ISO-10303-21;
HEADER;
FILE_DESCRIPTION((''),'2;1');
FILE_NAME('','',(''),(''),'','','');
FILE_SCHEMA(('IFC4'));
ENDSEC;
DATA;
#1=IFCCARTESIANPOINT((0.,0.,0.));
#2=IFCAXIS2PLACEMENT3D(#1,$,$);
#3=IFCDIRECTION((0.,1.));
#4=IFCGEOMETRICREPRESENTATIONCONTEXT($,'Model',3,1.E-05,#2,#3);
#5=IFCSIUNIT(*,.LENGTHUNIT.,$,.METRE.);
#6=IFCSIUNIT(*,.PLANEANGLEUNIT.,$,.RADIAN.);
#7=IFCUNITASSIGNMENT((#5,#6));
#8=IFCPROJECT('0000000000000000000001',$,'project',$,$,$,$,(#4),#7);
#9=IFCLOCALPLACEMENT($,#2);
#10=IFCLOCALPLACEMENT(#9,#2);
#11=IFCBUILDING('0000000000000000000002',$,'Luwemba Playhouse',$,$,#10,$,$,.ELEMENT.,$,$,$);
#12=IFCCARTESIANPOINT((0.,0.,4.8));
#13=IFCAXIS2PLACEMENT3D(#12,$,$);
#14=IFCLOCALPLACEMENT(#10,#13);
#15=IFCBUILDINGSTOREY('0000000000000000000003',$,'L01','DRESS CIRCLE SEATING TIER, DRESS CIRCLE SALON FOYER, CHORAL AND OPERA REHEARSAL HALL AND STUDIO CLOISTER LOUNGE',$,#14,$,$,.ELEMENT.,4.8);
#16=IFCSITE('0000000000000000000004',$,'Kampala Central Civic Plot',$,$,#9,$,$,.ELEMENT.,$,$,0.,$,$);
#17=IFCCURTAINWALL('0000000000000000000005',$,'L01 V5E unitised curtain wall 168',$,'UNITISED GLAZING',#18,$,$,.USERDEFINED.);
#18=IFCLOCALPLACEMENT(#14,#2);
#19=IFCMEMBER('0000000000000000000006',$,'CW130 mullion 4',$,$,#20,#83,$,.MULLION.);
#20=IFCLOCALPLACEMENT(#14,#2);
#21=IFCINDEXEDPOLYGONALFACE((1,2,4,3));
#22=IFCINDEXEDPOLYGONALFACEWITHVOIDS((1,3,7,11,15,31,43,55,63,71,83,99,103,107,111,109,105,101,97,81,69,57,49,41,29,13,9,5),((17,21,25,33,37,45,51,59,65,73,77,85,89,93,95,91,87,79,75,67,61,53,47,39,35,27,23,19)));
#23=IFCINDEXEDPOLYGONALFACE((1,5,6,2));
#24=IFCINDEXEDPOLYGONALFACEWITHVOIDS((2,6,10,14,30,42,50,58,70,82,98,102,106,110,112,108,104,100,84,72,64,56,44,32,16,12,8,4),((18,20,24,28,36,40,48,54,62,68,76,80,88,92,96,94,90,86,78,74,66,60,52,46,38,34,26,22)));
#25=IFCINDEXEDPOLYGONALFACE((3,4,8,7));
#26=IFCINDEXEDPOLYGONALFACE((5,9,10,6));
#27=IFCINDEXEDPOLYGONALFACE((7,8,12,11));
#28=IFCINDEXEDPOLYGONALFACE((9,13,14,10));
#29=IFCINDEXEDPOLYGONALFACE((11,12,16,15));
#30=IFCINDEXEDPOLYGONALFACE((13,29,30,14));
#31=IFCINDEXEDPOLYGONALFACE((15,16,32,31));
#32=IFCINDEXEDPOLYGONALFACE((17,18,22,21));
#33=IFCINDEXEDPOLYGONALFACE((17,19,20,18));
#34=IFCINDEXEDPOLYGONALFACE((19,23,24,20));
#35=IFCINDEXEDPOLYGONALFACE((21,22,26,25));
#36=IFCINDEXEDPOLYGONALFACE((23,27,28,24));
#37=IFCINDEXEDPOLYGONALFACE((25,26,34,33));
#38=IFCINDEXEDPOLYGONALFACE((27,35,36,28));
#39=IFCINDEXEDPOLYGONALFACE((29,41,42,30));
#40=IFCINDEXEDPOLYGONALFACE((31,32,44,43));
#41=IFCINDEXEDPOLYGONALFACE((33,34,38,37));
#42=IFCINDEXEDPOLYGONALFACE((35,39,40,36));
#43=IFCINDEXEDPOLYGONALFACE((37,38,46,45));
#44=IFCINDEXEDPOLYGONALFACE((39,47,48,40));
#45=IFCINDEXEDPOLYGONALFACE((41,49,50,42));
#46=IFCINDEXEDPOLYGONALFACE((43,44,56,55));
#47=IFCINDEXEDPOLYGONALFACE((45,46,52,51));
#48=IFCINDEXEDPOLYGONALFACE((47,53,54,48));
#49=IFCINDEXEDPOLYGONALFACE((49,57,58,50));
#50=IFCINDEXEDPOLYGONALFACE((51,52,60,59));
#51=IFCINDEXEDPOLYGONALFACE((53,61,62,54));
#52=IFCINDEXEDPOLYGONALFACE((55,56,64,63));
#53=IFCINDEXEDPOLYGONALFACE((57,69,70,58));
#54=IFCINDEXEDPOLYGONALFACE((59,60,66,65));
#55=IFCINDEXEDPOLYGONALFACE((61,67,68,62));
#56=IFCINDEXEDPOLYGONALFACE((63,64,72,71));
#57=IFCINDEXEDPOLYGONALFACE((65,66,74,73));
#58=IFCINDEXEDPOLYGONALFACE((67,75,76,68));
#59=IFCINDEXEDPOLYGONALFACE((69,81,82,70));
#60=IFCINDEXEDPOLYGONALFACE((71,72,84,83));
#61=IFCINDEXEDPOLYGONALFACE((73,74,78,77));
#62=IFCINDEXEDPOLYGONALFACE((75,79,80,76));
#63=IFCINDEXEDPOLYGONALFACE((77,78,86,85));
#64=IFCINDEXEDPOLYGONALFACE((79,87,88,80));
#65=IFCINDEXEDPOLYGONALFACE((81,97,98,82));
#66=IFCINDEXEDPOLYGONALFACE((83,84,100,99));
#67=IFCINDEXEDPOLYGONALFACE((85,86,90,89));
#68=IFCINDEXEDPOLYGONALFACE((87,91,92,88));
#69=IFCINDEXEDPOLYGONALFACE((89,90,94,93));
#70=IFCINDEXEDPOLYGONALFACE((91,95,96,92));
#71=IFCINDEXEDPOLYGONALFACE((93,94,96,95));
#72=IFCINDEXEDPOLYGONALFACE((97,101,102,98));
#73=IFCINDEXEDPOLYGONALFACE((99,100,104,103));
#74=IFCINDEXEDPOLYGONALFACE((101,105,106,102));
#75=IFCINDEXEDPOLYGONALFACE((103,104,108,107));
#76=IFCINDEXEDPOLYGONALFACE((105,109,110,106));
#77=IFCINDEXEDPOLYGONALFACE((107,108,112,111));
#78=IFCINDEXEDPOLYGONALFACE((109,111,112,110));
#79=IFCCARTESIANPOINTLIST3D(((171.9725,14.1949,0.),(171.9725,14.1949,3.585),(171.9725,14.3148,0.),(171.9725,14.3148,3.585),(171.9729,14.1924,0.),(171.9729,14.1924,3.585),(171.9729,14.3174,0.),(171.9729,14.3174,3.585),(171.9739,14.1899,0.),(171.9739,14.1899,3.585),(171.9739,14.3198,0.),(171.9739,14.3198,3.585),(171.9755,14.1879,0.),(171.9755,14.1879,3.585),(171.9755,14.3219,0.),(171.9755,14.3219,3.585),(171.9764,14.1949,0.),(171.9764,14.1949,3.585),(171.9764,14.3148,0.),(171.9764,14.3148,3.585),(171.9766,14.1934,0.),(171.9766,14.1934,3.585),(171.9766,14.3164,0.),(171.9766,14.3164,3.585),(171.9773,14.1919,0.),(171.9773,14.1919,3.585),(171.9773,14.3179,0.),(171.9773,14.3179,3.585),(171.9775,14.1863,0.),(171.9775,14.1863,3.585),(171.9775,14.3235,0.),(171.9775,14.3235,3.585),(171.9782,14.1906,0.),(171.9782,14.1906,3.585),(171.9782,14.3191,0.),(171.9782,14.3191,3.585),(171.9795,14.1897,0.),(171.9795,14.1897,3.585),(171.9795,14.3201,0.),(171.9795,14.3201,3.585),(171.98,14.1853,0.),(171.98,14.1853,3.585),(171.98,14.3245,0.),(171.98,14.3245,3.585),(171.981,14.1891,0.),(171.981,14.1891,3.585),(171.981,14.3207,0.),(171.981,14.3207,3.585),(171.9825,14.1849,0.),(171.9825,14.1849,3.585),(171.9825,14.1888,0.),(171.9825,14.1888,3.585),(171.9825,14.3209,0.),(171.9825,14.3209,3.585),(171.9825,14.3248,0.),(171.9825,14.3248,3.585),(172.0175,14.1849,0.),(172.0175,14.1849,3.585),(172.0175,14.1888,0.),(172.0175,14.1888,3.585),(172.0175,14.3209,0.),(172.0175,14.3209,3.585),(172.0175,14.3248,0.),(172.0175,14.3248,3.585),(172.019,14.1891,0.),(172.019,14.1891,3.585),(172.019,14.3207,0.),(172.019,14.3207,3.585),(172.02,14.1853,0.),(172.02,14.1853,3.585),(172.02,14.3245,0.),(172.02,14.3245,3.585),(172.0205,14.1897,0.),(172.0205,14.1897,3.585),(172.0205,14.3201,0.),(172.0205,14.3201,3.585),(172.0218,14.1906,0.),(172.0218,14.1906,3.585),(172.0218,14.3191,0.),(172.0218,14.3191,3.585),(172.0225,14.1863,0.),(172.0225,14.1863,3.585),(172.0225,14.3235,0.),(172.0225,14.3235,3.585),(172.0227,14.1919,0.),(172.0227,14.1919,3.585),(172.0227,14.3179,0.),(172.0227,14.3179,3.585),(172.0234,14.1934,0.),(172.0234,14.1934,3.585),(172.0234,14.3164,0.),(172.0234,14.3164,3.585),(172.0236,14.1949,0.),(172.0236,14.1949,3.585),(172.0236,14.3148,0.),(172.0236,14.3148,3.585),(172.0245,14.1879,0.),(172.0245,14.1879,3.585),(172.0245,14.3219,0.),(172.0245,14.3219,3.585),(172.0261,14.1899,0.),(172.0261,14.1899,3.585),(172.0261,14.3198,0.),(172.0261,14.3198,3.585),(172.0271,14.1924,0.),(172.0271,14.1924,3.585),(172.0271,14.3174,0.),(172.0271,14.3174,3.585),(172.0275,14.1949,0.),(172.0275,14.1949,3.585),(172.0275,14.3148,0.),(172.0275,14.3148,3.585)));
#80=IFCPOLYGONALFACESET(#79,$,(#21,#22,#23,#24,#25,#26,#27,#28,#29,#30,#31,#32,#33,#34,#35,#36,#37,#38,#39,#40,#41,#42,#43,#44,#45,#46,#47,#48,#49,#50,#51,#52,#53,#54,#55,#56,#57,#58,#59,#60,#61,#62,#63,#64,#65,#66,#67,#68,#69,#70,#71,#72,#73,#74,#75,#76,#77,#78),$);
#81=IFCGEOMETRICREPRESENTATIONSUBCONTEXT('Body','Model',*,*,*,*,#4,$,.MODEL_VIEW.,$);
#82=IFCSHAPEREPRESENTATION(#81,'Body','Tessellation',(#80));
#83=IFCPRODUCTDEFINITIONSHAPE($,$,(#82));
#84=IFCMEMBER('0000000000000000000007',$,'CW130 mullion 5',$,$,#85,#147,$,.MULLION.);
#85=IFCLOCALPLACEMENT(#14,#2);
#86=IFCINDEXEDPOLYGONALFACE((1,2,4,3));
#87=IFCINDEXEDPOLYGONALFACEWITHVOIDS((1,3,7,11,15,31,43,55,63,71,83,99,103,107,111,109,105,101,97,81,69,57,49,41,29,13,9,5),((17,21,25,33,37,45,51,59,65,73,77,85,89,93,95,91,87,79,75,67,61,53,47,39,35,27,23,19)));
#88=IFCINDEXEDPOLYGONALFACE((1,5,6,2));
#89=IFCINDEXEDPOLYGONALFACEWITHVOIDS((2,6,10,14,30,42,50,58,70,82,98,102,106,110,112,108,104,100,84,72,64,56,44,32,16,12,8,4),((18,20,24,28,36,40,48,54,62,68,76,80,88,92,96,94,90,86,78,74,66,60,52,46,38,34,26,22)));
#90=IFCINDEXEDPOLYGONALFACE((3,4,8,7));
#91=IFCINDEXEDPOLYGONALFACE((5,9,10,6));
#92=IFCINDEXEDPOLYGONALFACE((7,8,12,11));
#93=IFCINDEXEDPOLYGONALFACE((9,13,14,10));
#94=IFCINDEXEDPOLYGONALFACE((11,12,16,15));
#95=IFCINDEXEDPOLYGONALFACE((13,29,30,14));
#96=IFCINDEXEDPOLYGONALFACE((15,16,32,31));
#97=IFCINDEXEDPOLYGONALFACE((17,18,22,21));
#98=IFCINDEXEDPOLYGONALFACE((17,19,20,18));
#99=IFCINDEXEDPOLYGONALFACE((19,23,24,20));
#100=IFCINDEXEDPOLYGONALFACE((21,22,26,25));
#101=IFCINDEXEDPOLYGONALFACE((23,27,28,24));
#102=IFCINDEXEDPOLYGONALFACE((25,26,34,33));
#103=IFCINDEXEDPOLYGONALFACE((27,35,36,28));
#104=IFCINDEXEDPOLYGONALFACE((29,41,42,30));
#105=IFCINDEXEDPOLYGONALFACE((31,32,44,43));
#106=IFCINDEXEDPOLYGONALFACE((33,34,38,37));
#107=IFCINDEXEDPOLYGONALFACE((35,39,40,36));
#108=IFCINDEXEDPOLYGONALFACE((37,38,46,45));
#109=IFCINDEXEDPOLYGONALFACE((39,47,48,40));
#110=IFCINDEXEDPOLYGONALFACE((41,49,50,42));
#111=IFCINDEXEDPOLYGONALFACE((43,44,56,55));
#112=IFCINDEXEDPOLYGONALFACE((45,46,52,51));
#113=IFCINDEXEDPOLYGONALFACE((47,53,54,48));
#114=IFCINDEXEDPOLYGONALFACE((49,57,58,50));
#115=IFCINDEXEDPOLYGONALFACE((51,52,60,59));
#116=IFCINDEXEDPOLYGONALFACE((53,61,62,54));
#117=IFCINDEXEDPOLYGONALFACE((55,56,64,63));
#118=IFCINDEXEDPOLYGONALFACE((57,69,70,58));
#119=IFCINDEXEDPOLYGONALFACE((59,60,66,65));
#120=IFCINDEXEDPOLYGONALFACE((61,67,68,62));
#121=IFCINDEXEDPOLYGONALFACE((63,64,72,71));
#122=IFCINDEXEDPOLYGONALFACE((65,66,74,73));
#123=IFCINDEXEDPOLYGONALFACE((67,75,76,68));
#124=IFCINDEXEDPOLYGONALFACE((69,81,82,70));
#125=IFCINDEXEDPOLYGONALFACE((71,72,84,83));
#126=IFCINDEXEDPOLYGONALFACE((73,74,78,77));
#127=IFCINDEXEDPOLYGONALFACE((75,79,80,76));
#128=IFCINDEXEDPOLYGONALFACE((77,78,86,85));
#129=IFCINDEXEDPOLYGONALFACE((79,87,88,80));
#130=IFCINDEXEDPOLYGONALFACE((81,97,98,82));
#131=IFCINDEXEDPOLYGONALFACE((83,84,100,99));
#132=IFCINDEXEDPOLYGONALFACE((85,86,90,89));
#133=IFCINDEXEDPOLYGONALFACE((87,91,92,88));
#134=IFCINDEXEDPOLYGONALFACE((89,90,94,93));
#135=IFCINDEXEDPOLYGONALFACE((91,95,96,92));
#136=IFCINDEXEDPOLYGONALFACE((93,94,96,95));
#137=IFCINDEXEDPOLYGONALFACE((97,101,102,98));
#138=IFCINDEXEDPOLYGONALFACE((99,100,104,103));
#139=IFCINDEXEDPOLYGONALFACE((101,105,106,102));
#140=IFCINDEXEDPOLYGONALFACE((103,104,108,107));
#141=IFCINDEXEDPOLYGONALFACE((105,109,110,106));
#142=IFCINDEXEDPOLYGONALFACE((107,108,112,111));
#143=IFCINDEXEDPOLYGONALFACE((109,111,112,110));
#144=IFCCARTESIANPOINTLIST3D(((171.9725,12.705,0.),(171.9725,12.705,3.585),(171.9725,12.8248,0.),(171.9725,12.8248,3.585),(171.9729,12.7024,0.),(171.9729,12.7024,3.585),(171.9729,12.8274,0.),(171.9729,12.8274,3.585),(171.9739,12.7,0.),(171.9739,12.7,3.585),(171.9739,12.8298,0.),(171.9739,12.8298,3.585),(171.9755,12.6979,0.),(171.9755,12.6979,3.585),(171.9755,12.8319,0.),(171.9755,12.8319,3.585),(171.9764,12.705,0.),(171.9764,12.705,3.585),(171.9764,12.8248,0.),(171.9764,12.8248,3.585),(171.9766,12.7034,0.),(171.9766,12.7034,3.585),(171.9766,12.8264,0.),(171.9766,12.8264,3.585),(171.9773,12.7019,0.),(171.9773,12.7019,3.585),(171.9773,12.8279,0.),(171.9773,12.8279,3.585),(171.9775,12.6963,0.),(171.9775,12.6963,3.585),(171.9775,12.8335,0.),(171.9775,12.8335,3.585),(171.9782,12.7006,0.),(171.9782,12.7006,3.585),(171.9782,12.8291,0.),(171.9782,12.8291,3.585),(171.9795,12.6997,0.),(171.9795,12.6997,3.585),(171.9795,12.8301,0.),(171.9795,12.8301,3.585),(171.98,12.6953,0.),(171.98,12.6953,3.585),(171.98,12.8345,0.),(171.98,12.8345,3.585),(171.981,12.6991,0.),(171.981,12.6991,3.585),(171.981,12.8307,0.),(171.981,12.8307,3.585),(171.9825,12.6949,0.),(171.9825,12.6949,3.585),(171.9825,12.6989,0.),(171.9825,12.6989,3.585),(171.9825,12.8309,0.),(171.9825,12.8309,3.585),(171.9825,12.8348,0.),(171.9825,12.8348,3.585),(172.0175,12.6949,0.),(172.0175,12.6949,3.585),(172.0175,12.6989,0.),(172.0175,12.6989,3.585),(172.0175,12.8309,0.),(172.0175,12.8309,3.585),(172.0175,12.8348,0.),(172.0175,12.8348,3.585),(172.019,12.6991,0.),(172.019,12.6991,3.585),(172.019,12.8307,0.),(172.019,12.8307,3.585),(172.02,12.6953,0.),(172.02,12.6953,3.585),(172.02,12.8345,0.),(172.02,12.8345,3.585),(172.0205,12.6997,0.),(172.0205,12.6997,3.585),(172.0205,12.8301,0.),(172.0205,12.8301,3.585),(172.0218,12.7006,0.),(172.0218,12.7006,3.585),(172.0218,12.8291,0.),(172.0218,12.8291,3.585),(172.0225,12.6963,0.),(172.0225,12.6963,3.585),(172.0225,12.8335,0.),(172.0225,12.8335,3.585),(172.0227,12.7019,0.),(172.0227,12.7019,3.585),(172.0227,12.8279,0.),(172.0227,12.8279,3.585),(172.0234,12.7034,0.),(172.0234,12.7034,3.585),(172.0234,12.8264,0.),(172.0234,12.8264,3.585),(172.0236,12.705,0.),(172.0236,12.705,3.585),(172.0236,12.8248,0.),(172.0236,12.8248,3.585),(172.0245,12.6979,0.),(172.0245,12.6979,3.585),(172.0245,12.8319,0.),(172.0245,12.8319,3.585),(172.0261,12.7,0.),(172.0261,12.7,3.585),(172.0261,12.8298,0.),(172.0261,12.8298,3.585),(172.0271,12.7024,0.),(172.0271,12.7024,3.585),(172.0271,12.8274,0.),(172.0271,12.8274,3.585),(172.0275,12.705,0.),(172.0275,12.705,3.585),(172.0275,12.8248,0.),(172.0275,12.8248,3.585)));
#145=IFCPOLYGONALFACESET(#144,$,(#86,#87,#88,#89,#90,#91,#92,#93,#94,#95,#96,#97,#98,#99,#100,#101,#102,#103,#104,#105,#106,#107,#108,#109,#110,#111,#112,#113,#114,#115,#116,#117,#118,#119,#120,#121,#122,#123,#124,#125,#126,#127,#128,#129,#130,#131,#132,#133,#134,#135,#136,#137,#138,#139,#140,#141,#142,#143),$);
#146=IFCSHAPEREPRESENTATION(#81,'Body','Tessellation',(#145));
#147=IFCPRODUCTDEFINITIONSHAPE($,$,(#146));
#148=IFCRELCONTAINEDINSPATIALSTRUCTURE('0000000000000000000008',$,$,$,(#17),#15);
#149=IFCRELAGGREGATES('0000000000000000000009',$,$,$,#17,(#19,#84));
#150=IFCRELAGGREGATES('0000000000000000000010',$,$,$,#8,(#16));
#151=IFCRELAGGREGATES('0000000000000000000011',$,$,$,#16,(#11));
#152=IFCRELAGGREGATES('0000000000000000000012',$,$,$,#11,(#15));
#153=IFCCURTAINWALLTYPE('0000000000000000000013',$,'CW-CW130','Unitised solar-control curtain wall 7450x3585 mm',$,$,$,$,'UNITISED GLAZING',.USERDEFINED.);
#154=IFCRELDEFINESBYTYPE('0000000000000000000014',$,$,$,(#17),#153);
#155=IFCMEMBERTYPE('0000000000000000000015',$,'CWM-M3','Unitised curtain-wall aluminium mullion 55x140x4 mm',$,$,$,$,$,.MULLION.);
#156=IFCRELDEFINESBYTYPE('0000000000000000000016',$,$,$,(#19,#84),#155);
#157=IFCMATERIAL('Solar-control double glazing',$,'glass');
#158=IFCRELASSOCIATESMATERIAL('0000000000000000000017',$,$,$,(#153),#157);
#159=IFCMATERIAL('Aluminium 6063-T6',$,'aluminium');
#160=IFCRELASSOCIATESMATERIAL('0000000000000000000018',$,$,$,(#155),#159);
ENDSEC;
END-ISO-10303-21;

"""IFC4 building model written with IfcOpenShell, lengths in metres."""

from ifc_helpers import new_model, si_unit, direction, frame, origin, origin_2d, place, context, subcontext, project, spatial, hollow_rectangle, extrude, material, material_profile, profile_set, type_object, element, aggregate, save


model = new_model("IFC4")

# Units and contexts
model_context = context("Model", 3, precision=1e-05, world=origin(), true_north=direction((0.0, 1.0)))
body_context = subcontext(model_context, "Body", "Model", "MODEL_VIEW")
ifc_project = project(units=[si_unit("LENGTHUNIT", "METRE"), si_unit("PLANEANGLEUNIT", "RADIAN")], contexts=[model_context])

# Site, building, storey
site_placement = place(None, origin())
site = spatial("IfcSite", under=ifc_project, at=site_placement, Name="Kampala Central Civic Plot", CompositionType="ELEMENT", RefElevation=0.0)
building_placement = place(site_placement, origin())
building = spatial("IfcBuilding", under=site, at=building_placement, Name="Luwemba Playhouse", CompositionType="ELEMENT")
storey_placement = place(building_placement, frame((0.0, 0.0, 4.8)))
storey = spatial("IfcBuildingStorey", under=building, at=storey_placement, Name="L01", Description="DRESS CIRCLE SEATING TIER, DRESS CIRCLE SALON FOYER, CHORAL AND OPERA REHEARSAL HALL AND STUDIO CLOISTER LOUNGE", CompositionType="ELEMENT", Elevation=4.8)

# Curtain wall, members
ifc_material_1 = material(Name="Solar-control double glazing", Category="glass")
curtain_wall_type_1 = type_object("IfcCurtainWallType", Name="CW-CW130", Description="Unitised solar-control curtain wall 7450x3585 mm", ElementType="UNITISED GLAZING", PredefinedType="USERDEFINED", material=ifc_material_1)
curtain_wall_1_placement = place(storey_placement, origin())
curtain_wall_1 = element("IfcCurtainWall", 1, at=curtain_wall_1_placement, inside=storey, type_object=curtain_wall_type_1, Name="L01 V5E unitised curtain wall 168", ObjectType="UNITISED GLAZING", PredefinedType="USERDEFINED")
ifc_material_2 = material(Name="Aluminium 6063-T6", Category="aluminium")
ifc_material_profile_1 = material_profile(ifc_material_2, hollow_rectangle(XDim=0.0549, YDim=0.1399, WallThickness=0.0039, InnerFilletRadius=0.0061, OuterFilletRadius=0.01, at=origin_2d()))
ifc_profile_set_1 = profile_set([ifc_material_profile_1], Name="Aluminium 6063-T6")
member_type_1 = type_object("IfcMemberType", Name="CWM-M3", Description="Unitised curtain-wall aluminium mullion 55x140x4 mm", PredefinedType="MULLION", material=ifc_profile_set_1)
member_1_placement = place(storey_placement, frame((172.0, 14.2549, 0.0), z_axis=(0.0, 0.0, 1.0), x_axis=(1.0, 0.0, 0.0)))
member_1 = element("IfcMember", 2, at=member_1_placement, type_object=member_type_1, Name="CW130 mullion 4", PredefinedType="MULLION", context=body_context, shape_type="SweptSolid", body=[
    extrude(hollow_rectangle(XDim=0.0549, YDim=0.1399, WallThickness=0.0039, InnerFilletRadius=0.0061, OuterFilletRadius=0.01, at=origin_2d()), origin(), (0.0, 0.0, 1.0), 3.585),
])
member_2_placement = place(storey_placement, frame((172.0, 12.7649, 0.0), z_axis=(0.0, 0.0, 1.0), x_axis=(1.0, 0.0, 0.0)))
member_2 = element("IfcMember", 3, at=member_2_placement, type_object=member_type_1, Name="CW130 mullion 5", PredefinedType="MULLION", context=body_context, shape_type="SweptSolid", body=[
    extrude(hollow_rectangle(XDim=0.0549, YDim=0.1399, WallThickness=0.0039, InnerFilletRadius=0.0061, OuterFilletRadius=0.01, at=origin_2d()), origin(), (0.0, 0.0, 1.0), 3.585),
])

aggregate(curtain_wall_1, [member_1, member_2])

save(model, "model.ifc")
